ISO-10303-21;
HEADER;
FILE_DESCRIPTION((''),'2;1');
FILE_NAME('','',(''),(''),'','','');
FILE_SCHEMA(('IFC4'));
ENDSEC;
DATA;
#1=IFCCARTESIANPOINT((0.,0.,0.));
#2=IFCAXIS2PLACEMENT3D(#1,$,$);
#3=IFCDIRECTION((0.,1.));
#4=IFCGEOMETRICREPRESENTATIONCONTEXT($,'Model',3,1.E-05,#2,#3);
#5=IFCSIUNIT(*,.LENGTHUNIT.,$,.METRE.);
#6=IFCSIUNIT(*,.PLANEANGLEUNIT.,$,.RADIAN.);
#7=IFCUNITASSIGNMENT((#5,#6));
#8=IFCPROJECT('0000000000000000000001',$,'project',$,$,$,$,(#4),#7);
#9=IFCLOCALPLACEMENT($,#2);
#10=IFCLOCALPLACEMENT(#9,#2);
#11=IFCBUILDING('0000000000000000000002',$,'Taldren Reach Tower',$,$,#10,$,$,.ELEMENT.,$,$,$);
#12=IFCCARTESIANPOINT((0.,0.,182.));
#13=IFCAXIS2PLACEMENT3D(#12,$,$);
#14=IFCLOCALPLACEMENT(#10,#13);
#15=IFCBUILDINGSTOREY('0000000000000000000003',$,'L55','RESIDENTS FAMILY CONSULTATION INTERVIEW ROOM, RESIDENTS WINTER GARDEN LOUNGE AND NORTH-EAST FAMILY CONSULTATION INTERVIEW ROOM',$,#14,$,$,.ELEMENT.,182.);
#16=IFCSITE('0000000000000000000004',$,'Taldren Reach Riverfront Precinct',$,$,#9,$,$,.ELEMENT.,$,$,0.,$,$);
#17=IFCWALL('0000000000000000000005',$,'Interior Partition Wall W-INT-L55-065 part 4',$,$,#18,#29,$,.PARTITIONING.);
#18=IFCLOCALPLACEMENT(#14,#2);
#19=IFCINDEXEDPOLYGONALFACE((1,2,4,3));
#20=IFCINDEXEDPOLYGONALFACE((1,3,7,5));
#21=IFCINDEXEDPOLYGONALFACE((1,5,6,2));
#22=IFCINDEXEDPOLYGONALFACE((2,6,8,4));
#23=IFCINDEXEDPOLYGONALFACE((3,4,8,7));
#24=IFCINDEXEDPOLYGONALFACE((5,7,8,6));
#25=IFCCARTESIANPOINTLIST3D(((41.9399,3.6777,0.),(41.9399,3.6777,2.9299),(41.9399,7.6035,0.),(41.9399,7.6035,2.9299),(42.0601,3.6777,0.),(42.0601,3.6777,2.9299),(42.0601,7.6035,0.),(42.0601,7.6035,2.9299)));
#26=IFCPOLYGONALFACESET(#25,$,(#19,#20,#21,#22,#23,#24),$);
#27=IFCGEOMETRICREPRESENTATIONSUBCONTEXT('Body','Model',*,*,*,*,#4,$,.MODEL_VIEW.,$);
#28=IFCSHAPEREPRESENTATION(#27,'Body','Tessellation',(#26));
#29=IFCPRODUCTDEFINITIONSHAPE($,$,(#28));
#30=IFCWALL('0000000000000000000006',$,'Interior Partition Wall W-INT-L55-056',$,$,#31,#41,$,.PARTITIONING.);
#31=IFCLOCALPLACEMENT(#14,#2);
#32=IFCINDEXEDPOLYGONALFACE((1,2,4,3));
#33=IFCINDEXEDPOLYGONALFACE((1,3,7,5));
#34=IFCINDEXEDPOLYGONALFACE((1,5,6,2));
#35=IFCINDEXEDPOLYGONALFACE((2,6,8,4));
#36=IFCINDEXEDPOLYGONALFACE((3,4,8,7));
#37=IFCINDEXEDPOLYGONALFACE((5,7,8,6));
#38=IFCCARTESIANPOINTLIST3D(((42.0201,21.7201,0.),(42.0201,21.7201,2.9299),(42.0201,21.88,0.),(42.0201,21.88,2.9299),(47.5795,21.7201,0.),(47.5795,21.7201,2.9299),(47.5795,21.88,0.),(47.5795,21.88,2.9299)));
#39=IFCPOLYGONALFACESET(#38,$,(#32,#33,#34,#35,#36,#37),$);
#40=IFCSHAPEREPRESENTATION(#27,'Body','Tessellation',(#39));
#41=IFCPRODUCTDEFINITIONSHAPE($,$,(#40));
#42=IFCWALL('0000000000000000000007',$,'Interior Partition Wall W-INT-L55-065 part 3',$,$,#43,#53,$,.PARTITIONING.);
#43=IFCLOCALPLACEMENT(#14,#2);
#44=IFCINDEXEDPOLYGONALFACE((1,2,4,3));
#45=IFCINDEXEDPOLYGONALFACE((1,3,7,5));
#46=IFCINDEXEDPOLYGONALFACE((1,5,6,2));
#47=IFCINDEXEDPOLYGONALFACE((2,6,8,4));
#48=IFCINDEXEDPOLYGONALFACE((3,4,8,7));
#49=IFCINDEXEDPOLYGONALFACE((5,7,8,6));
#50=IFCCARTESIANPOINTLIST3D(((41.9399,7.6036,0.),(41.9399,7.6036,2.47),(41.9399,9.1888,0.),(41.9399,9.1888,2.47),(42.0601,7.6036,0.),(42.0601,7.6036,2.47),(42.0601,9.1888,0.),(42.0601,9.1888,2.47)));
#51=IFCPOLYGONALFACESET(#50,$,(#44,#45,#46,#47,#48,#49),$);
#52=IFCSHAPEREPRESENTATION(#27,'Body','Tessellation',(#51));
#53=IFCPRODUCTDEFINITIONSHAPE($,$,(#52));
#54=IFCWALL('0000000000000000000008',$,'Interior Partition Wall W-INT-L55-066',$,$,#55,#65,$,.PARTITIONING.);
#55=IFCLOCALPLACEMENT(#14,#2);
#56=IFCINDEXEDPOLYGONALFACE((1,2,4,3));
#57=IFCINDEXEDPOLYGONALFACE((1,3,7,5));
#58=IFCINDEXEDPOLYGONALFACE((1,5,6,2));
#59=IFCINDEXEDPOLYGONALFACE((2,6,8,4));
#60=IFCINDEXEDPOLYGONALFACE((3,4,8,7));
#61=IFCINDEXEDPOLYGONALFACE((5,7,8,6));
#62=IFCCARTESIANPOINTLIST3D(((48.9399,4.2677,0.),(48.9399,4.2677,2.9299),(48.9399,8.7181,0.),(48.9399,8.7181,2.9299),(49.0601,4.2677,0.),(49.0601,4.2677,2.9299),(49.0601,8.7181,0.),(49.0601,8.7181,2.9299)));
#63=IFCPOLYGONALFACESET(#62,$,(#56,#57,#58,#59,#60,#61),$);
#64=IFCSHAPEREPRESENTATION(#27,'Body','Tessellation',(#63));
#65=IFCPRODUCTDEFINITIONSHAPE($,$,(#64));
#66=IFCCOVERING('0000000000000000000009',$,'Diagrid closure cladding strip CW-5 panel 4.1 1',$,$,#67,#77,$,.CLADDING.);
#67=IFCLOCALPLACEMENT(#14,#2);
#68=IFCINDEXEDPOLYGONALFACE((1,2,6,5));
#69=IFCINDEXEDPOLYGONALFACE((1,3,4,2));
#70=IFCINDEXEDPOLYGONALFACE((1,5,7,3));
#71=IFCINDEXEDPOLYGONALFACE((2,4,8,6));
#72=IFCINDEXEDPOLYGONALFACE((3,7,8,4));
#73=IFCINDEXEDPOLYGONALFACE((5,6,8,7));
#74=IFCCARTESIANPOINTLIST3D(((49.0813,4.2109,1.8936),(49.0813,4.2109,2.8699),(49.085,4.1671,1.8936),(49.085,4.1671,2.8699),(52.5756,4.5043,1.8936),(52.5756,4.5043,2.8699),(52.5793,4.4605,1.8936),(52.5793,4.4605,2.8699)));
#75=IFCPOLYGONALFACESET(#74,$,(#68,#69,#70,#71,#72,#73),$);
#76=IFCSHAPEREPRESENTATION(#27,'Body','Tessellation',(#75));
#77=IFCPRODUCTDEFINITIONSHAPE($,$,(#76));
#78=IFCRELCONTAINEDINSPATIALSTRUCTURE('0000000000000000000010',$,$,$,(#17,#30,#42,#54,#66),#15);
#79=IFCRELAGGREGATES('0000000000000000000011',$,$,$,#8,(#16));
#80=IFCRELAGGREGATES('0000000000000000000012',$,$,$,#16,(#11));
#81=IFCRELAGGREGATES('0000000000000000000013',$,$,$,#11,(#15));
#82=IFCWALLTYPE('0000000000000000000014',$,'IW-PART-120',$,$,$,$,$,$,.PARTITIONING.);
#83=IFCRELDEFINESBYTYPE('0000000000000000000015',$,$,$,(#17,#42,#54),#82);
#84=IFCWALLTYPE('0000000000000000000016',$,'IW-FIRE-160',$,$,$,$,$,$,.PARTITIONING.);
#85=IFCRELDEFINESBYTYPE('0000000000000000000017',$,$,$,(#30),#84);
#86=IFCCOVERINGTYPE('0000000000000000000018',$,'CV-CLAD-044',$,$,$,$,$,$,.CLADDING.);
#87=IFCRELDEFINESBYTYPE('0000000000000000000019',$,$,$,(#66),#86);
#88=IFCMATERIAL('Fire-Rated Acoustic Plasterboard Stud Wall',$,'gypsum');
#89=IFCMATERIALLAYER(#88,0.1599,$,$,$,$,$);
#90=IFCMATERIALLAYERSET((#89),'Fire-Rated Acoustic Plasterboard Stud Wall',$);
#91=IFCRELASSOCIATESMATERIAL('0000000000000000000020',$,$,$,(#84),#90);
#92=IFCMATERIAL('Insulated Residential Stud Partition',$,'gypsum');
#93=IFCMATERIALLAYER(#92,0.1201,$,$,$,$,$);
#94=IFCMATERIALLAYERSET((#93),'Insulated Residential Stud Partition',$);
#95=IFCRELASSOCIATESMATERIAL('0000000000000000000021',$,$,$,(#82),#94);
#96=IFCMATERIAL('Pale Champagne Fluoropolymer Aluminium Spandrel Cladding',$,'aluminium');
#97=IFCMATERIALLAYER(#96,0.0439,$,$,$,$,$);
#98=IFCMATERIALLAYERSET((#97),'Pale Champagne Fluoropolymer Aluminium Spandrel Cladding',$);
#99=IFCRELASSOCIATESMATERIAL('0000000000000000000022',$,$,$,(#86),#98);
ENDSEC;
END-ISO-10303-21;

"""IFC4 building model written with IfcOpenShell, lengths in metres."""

from ifc_helpers import new_model, si_unit, direction, frame, frame_2d, origin, origin_2d, place, context, subcontext, project, spatial, rectangle, extrude, source, transform, mapped, material, layer, layer_set, type_object, element, save


model = new_model("IFC4")

# Units and contexts
model_context = context("Model", 3, precision=1e-05, world=origin(), true_north=direction((0.0, 1.0)))
body_context = subcontext(model_context, "Body", "Model", "MODEL_VIEW")
ifc_project = project(units=[si_unit("LENGTHUNIT", "METRE"), si_unit("PLANEANGLEUNIT", "RADIAN")], contexts=[model_context])

# Site, building, storey
site_placement = place(None, origin())
site = spatial("IfcSite", under=ifc_project, at=site_placement, Name="Taldren Reach Riverfront Precinct", CompositionType="ELEMENT", RefElevation=0.0)
building_placement = place(site_placement, origin())
building = spatial("IfcBuilding", under=site, at=building_placement, Name="Taldren Reach Tower", CompositionType="ELEMENT")
storey_placement = place(building_placement, frame((0.0, 0.0, 182.0)))
storey = spatial("IfcBuildingStorey", under=building, at=storey_placement, Name="L55", Description="RESIDENTS FAMILY CONSULTATION INTERVIEW ROOM, RESIDENTS WINTER GARDEN LOUNGE AND NORTH-EAST FAMILY CONSULTATION INTERVIEW ROOM", CompositionType="ELEMENT", Elevation=182.0)

# Shared definitions
ifc_material_1 = material(Name="Fire-Rated Acoustic Plasterboard Stud Wall", Category="gypsum")
ifc_layer_1 = layer(ifc_material_1, 0.1599)
ifc_layer_set_1 = layer_set([ifc_layer_1], Name="Fire-Rated Acoustic Plasterboard Stud Wall")
wall_type_1 = type_object("IfcWallType", Name="IW-FIRE-160", PredefinedType="PARTITIONING", material=ifc_layer_set_1)
ifc_material_2 = material(Name="Insulated Residential Stud Partition", Category="gypsum")
ifc_layer_2 = layer(ifc_material_2, 0.1201)
ifc_layer_set_2 = layer_set([ifc_layer_2], Name="Insulated Residential Stud Partition")
wall_type_2 = type_object("IfcWallType", Name="IW-PART-120", PredefinedType="PARTITIONING", material=ifc_layer_set_2)

# Walls
shared_shape_1 = source(origin(), body_context, "Body", "SweptSolid", [
    extrude(rectangle(XDim=3.9258, YDim=0.1201, at=frame_2d((1.9629, 0.0))), origin(), (0.0, 0.0, 1.0), 2.9299),
])
wall_1_placement = place(storey_placement, frame((42.0, 7.6035, 0.0), z_axis=(0.0, 0.0, 1.0), x_axis=(0.0, -1.0, 0.0)))
element("IfcWall", 1, at=wall_1_placement, inside=storey, type_object=wall_type_2, Name="Interior Partition Wall W-INT-L55-065 part 4", PredefinedType="PARTITIONING", context=body_context, shape_type="MappedRepresentation", body=[
    mapped(shared_shape_1, transform((0.0, 0.0, 0.0), scale=1.0)),
])
shared_shape_2 = source(origin(), body_context, "Body", "SweptSolid", [
    extrude(rectangle(XDim=5.5593, YDim=0.1599, at=frame_2d((2.7798, 0.0))), origin(), (0.0, 0.0, 1.0), 2.9299),
])
wall_2_placement = place(storey_placement, frame((47.5796, 21.8, 0.0), z_axis=(0.0, 0.0, 1.0), x_axis=(-1.0, 0.0, 0.0)))
element("IfcWall", 2, at=wall_2_placement, inside=storey, type_object=wall_type_1, Name="Interior Partition Wall W-INT-L55-056", PredefinedType="PARTITIONING", context=body_context, shape_type="MappedRepresentation", body=[
    mapped(shared_shape_2, transform((0.0, 0.0, 0.0), scale=1.0)),
])
shared_shape_3 = source(origin(), body_context, "Body", "SweptSolid", [
    extrude(rectangle(XDim=1.5852, YDim=0.1201, at=frame_2d((0.7925, 0.0))), origin(), (0.0, 0.0, 1.0), 2.47),
])
wall_3_placement = place(storey_placement, frame((42.0, 9.1887, 0.0), z_axis=(0.0, 0.0, 1.0), x_axis=(0.0, -1.0, 0.0)))
element("IfcWall", 3, at=wall_3_placement, inside=storey, type_object=wall_type_2, Name="Interior Partition Wall W-INT-L55-065 part 3", PredefinedType="PARTITIONING", context=body_context, shape_type="MappedRepresentation", body=[
    mapped(shared_shape_3, transform((0.0, 0.0, 0.0), scale=1.0)),
])
shared_shape_4 = source(origin(), body_context, "Body", "SweptSolid", [
    extrude(rectangle(XDim=4.4504, YDim=0.1201, at=frame_2d((2.2251, 0.0))), origin(), (0.0, 0.0, 1.0), 2.9299),
])
wall_4_placement = place(storey_placement, frame((49.0, 8.718, 0.0), z_axis=(0.0, 0.0, 1.0), x_axis=(0.0, -1.0, 0.0)))
element("IfcWall", 4, at=wall_4_placement, inside=storey, type_object=wall_type_2, Name="Interior Partition Wall W-INT-L55-066", PredefinedType="PARTITIONING", context=body_context, shape_type="MappedRepresentation", body=[
    mapped(shared_shape_4, transform((0.0, 0.0, 0.0), scale=1.0)),
])

# Covering
ifc_material_3 = material(Name="Pale Champagne Fluoropolymer Aluminium Spandrel Cladding", Category="aluminium")
ifc_layer_3 = layer(ifc_material_3, 0.0439)
ifc_layer_set_3 = layer_set([ifc_layer_3], Name="Pale Champagne Fluoropolymer Aluminium Spandrel Cladding")
covering_type = type_object("IfcCoveringType", Name="CV-CLAD-044", PredefinedType="CLADDING", material=ifc_layer_set_3)
shared_shape_5 = source(origin(), body_context, "Body", "SweptSolid", [
    extrude(rectangle(XDim=3.5066, YDim=0.0439, at=origin_2d()), origin(), (0.0, 0.0, 1.0), 0.9763),
])
covering_placement = place(storey_placement, frame((50.8303, 4.3357, 1.8936), z_axis=(0.0, 0.0, 1.0), x_axis=(0.996493, 0.083678, 0.0)))
element("IfcCovering", 5, at=covering_placement, inside=storey, type_object=covering_type, Name="Diagrid closure cladding strip CW-5 panel 4.1 1", PredefinedType="CLADDING", context=body_context, shape_type="MappedRepresentation", body=[
    mapped(shared_shape_5, transform((0.0, 0.0, 0.0), scale=1.0)),
])

save(model, "model.ifc")
